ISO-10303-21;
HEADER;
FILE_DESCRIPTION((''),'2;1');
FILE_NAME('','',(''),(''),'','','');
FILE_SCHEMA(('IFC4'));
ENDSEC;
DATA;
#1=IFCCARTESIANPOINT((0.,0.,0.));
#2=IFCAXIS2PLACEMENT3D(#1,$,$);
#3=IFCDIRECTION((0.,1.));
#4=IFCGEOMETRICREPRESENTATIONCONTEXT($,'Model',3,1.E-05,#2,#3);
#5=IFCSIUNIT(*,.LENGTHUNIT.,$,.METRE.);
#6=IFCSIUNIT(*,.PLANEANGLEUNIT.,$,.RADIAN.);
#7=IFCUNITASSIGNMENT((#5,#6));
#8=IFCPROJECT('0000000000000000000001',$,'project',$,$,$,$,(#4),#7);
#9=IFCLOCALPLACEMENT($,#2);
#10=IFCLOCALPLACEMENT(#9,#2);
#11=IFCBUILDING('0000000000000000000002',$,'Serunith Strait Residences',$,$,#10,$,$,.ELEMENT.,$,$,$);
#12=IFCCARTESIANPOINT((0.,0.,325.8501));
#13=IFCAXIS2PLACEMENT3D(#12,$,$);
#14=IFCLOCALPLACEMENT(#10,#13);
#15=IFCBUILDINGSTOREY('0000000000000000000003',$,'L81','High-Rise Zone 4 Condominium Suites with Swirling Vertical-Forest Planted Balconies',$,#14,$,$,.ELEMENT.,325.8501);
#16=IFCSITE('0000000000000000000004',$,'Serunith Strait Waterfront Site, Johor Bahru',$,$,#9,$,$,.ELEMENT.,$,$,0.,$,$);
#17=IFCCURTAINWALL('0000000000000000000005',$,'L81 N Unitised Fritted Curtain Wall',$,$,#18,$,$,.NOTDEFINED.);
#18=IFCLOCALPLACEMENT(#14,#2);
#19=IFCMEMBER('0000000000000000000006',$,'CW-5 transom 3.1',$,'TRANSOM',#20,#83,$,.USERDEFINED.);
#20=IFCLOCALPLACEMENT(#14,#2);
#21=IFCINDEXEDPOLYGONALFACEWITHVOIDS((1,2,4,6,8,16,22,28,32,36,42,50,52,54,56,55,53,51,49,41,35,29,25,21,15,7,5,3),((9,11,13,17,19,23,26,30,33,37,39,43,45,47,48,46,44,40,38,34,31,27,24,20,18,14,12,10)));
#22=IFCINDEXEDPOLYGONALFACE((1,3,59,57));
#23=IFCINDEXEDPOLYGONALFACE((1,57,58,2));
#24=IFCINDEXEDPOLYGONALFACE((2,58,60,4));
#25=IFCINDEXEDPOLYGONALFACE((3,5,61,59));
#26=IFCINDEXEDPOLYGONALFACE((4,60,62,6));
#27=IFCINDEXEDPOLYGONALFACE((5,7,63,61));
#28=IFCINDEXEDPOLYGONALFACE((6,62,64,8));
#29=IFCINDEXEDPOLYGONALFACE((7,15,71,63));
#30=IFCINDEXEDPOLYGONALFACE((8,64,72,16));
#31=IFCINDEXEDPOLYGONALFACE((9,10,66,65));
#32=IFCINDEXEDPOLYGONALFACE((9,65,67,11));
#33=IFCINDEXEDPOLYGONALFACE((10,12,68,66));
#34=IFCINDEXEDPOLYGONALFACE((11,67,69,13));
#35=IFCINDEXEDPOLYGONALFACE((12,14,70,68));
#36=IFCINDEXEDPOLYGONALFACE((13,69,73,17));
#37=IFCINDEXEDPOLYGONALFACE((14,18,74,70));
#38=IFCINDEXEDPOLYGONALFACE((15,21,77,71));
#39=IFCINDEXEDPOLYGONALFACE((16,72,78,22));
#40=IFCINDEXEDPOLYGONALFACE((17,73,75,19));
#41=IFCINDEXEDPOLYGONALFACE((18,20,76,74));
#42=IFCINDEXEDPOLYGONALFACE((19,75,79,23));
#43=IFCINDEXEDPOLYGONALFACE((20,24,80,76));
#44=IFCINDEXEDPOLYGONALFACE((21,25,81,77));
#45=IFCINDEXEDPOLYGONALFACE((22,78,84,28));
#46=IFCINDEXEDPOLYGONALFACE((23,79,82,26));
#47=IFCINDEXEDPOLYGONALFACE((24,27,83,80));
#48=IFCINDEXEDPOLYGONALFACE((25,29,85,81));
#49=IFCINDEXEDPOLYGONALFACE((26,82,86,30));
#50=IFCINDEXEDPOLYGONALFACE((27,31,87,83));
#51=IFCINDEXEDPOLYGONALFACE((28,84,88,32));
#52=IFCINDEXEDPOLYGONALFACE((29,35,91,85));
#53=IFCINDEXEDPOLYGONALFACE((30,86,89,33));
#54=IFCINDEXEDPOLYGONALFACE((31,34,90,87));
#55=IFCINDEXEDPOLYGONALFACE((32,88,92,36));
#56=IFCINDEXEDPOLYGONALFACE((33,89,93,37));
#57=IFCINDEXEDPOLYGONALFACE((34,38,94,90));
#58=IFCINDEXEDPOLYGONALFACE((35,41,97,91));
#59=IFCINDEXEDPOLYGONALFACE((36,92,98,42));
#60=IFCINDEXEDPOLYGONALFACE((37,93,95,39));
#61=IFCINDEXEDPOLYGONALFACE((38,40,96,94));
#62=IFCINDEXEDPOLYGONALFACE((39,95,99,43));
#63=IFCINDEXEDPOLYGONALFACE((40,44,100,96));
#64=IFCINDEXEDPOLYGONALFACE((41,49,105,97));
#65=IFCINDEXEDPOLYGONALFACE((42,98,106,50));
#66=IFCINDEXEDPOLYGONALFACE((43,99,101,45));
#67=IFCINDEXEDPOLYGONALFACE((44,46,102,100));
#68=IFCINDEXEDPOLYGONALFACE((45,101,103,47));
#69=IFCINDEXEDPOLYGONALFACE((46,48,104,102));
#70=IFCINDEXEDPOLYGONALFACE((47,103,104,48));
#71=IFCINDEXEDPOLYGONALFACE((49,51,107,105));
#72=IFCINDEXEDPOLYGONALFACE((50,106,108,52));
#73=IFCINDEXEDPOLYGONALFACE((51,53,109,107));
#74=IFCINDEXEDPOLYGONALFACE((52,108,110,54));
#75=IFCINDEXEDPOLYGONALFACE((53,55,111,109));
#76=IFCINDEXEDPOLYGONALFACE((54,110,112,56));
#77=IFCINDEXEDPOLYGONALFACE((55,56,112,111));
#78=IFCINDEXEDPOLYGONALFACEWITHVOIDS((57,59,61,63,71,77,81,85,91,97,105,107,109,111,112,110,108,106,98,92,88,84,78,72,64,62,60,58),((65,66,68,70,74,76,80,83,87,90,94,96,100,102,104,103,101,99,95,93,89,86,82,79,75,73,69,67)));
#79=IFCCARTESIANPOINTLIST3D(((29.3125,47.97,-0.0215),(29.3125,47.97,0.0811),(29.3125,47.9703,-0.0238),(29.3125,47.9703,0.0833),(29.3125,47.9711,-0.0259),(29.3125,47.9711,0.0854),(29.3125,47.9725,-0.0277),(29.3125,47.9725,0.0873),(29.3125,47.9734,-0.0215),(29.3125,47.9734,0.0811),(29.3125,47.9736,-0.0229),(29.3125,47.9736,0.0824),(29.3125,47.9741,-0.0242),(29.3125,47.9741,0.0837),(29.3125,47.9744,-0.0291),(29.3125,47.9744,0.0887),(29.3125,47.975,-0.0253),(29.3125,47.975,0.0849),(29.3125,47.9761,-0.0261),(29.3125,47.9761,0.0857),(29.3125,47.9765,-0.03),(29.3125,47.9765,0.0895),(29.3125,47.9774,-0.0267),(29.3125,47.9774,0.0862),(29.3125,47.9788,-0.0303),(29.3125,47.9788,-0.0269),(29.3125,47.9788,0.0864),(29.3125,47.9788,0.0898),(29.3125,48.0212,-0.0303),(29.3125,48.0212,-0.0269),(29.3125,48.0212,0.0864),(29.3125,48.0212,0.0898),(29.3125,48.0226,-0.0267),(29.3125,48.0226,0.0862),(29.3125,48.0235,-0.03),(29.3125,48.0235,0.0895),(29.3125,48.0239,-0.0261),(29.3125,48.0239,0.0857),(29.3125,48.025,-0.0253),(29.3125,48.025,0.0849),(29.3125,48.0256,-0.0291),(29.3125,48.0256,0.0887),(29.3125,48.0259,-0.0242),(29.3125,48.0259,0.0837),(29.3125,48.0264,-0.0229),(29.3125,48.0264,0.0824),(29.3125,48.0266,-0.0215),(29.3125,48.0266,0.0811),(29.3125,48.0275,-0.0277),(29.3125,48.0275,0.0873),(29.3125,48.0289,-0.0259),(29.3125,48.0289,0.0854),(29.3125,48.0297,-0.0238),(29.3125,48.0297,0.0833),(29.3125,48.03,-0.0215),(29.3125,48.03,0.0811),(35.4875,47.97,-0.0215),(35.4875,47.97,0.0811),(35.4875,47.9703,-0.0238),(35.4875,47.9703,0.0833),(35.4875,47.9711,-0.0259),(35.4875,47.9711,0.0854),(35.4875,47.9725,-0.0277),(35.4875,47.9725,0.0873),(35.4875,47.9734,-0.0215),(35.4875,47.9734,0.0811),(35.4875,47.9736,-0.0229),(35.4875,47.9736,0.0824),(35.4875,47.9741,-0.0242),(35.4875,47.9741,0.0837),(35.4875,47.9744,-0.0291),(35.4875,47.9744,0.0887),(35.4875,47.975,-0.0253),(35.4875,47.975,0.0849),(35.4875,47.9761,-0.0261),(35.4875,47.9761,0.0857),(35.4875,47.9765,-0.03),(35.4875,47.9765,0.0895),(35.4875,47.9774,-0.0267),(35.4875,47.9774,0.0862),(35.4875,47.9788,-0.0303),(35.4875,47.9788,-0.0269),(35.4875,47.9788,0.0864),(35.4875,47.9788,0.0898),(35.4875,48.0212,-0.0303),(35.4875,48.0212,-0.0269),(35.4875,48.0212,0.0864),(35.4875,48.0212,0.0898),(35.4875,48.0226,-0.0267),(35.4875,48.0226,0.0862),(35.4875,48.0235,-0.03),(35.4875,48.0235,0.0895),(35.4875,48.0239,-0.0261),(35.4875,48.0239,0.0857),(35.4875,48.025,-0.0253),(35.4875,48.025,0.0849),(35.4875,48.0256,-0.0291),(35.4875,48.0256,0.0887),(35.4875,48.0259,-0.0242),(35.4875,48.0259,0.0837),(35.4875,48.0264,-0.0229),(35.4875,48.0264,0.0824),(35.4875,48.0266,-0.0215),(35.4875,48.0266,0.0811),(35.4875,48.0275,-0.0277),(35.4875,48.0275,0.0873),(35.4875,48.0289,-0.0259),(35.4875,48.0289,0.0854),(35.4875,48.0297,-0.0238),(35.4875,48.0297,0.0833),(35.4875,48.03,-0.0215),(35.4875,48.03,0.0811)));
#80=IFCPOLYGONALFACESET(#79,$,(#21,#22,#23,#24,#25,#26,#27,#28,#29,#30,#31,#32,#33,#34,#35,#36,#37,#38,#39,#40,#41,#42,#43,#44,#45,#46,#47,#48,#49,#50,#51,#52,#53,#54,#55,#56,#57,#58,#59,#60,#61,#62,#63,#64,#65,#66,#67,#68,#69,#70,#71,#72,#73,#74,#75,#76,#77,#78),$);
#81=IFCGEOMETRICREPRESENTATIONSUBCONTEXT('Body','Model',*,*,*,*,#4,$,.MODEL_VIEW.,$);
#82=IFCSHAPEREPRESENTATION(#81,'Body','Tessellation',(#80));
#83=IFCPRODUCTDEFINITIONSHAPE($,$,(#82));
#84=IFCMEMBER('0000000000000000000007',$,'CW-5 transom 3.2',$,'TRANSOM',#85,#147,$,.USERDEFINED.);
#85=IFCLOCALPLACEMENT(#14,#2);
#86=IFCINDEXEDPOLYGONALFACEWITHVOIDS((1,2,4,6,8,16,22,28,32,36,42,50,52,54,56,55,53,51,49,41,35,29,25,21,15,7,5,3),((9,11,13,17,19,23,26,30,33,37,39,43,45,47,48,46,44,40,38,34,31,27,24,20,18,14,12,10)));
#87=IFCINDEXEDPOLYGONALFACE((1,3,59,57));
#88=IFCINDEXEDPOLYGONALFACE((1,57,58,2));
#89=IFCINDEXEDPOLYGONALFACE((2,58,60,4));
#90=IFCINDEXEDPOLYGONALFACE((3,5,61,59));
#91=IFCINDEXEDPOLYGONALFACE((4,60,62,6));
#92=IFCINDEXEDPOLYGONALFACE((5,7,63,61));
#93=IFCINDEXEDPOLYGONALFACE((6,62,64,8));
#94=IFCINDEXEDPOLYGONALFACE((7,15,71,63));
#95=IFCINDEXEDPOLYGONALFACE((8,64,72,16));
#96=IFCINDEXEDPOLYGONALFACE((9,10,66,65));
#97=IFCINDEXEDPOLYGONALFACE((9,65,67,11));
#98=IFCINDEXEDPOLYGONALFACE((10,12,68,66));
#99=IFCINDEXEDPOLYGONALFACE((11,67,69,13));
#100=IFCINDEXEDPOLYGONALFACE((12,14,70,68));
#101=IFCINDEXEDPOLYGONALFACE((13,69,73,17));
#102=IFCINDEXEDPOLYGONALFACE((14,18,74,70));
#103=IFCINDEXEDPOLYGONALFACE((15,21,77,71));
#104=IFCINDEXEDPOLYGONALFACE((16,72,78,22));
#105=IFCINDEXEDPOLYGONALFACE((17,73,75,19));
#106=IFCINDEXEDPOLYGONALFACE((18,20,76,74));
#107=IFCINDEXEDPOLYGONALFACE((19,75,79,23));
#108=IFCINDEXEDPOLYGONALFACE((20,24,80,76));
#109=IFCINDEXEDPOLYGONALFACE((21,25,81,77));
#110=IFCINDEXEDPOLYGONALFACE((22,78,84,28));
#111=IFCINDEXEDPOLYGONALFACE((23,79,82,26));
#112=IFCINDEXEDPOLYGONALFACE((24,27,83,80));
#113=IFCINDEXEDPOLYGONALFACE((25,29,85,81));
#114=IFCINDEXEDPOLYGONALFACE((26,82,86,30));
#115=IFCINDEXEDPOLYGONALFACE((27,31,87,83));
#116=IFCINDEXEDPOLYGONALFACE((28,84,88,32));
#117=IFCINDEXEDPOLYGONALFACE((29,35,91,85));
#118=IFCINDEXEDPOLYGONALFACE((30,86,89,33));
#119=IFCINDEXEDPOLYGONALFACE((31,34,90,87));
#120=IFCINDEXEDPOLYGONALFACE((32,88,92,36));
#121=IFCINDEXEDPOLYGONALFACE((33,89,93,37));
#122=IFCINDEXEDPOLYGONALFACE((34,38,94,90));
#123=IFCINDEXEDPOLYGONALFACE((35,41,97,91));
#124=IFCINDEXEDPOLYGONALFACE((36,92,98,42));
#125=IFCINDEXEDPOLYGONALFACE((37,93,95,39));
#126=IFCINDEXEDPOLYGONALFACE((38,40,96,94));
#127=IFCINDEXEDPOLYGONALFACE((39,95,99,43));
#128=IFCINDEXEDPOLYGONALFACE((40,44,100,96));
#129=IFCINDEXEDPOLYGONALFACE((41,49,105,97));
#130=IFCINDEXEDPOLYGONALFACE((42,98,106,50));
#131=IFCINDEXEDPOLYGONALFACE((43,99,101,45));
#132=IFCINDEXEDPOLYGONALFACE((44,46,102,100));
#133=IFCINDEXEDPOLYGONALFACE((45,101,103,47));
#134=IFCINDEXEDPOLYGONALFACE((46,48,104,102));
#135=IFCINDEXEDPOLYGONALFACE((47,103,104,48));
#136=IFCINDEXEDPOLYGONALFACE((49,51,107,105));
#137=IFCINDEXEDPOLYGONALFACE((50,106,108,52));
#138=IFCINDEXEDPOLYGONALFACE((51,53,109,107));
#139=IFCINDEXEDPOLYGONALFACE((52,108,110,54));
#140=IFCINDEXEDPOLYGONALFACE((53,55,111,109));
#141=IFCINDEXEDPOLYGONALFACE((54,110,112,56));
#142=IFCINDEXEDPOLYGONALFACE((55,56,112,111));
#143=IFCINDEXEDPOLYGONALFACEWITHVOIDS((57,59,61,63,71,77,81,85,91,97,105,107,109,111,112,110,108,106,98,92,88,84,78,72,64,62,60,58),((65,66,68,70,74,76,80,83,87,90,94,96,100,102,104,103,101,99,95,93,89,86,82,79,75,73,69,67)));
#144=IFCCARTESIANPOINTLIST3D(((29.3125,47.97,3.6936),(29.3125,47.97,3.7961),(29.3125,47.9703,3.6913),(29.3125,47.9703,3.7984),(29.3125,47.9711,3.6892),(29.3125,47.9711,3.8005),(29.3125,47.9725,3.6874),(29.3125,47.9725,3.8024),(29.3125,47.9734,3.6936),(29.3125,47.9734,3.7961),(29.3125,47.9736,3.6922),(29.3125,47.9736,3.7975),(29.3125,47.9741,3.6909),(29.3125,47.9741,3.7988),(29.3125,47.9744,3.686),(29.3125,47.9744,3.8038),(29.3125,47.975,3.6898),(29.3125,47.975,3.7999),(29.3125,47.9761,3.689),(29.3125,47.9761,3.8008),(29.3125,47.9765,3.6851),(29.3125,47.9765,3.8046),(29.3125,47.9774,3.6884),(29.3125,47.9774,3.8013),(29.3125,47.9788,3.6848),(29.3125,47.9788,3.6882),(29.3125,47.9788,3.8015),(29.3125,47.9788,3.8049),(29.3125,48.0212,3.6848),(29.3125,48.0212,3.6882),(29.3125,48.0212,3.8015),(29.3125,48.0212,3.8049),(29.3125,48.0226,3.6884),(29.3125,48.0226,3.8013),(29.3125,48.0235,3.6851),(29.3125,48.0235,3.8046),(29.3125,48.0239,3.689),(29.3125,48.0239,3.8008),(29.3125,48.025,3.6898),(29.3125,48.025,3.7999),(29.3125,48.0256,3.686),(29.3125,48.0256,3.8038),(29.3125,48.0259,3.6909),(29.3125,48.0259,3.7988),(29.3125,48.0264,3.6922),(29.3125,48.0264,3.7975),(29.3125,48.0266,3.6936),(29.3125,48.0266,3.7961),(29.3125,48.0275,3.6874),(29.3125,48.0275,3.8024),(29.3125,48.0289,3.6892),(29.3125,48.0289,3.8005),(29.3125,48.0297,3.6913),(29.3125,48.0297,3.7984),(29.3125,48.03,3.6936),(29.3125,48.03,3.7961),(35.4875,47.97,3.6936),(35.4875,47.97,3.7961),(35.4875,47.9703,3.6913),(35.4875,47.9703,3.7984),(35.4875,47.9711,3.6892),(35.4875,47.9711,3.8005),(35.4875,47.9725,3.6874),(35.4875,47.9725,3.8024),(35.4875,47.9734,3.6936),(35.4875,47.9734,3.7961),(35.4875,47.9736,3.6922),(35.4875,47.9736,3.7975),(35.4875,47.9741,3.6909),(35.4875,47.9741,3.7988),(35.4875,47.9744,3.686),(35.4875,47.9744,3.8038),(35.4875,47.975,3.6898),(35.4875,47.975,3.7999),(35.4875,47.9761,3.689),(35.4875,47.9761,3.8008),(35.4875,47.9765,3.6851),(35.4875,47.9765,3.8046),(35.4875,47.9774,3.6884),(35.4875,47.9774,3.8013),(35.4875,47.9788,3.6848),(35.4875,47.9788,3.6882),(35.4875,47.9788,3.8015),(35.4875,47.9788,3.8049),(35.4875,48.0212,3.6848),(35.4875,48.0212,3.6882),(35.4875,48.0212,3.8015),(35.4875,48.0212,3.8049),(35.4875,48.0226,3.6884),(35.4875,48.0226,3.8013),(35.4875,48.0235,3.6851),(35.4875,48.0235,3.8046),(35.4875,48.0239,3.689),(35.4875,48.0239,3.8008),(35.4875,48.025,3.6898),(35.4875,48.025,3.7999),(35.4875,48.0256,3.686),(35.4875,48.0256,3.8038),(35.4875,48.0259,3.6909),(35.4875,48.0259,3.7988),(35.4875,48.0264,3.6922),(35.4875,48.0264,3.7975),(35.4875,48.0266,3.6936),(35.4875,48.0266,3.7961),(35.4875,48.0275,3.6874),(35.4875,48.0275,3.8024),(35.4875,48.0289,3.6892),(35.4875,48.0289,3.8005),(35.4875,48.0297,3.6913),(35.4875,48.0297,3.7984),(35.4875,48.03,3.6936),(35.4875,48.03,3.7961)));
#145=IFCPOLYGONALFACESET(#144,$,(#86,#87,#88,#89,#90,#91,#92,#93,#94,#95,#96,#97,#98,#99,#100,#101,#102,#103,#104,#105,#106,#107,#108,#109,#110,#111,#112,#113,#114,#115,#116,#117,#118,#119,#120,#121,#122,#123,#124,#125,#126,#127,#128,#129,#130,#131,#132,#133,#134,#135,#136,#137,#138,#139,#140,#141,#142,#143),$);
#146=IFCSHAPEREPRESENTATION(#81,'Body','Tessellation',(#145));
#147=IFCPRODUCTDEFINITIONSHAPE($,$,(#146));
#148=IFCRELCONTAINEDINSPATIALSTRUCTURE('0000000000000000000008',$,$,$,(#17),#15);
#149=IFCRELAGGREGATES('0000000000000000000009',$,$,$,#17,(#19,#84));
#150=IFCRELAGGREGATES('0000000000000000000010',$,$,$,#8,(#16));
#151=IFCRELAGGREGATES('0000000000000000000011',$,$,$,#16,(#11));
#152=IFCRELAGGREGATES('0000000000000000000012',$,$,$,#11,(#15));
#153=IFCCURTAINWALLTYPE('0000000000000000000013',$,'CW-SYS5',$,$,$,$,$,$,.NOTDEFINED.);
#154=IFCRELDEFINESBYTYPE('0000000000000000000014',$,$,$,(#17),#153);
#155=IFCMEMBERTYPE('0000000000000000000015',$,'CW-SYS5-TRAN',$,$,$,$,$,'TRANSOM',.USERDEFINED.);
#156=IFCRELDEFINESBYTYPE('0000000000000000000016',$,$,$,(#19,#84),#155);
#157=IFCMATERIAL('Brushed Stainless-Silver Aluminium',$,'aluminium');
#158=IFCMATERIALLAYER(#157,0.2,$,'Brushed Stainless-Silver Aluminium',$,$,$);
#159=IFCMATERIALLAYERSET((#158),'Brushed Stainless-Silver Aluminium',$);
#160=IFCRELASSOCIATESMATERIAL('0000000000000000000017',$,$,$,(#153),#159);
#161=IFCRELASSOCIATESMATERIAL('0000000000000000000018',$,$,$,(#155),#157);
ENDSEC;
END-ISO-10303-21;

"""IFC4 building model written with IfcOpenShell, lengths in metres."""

from ifc_helpers import new_model, si_unit, direction, frame, origin, origin_2d, place, context, subcontext, project, spatial, hollow_rectangle, extrude, source, transform, mapped, material, layer, layer_set, material_profile, profile_set, type_object, element, aggregate, save


model = new_model("IFC4")

# Units and contexts
model_context = context("Model", 3, precision=1e-05, world=origin(), true_north=direction((0.0, 1.0)))
body_context = subcontext(model_context, "Body", "Model", "MODEL_VIEW")
ifc_project = project(units=[si_unit("LENGTHUNIT", "METRE"), si_unit("PLANEANGLEUNIT", "RADIAN")], contexts=[model_context])

# Site, building, storey
site_placement = place(None, origin())
site = spatial("IfcSite", under=ifc_project, at=site_placement, Name="Serunith Strait Waterfront Site, Johor Bahru", CompositionType="ELEMENT", RefElevation=0.0)
building_placement = place(site_placement, origin())
building = spatial("IfcBuilding", under=site, at=building_placement, Name="Serunith Strait Residences", CompositionType="ELEMENT")
storey_placement = place(building_placement, frame((0.0, 0.0, 325.8501)))
storey = spatial("IfcBuildingStorey", under=building, at=storey_placement, Name="L81", Description="High-Rise Zone 4 Condominium Suites with Swirling Vertical-Forest Planted Balconies", CompositionType="ELEMENT", Elevation=325.8501)

# Curtain wall, members
ifc_material_1 = material(Name="Brushed Stainless-Silver Aluminium", Category="aluminium")
ifc_layer_1 = layer(ifc_material_1, 0.2, Name="Brushed Stainless-Silver Aluminium")
ifc_layer_set_1 = layer_set([ifc_layer_1], Name="Brushed Stainless-Silver Aluminium")
curtain_wall_type = type_object("IfcCurtainWallType", Name="CW-SYS5", PredefinedType="NOTDEFINED", material=ifc_layer_set_1)
curtain_wall_placement = place(storey_placement, origin())
curtain_wall = element("IfcCurtainWall", 1, at=curtain_wall_placement, inside=storey, type_object=curtain_wall_type, Name="L81 N Unitised Fritted Curtain Wall", PredefinedType="NOTDEFINED")
ifc_material_profile_1 = material_profile(ifc_material_1, hollow_rectangle(XDim=0.0601, YDim=0.1201, WallThickness=0.0034, InnerFilletRadius=0.0054, OuterFilletRadius=0.0088, at=origin_2d()), Name="ALU 120x60x3.5")
ifc_profile_set_1 = profile_set([ifc_material_profile_1], Name="Brushed Stainless-Silver Aluminium")
member_type_1 = type_object("IfcMemberType", Name="CW-SYS5-TRAN", ElementType="TRANSOM", PredefinedType="USERDEFINED", material=ifc_profile_set_1)
shared_shape_1 = source(origin(), body_context, "Body", "SweptSolid", [
    extrude(hollow_rectangle(XDim=0.0601, YDim=0.1201, WallThickness=0.0034, InnerFilletRadius=0.0054, OuterFilletRadius=0.0088, at=origin_2d()), origin(), (0.0, 0.0, 1.0), 6.175),
])
member_1_placement = place(storey_placement, frame((35.4875, 48.0, 0.0298), z_axis=(-1.0, 0.0, 0.0), x_axis=(0.0, -1.0, 0.0)))
member_1 = element("IfcMember", 2, at=member_1_placement, type_object=member_type_1, Name="CW-5 transom 3.1", ObjectType="TRANSOM", PredefinedType="USERDEFINED", context=body_context, shape_type="MappedRepresentation", body=[
    mapped(shared_shape_1, transform((0.0, 0.0, 0.0), scale=1.0)),
])
member_2_placement = place(storey_placement, frame((35.4875, 48.0, 3.7449), z_axis=(-1.0, 0.0, 0.0), x_axis=(0.0, -1.0, 0.0)))
member_2 = element("IfcMember", 3, at=member_2_placement, type_object=member_type_1, Name="CW-5 transom 3.2", ObjectType="TRANSOM", PredefinedType="USERDEFINED", context=body_context, shape_type="MappedRepresentation", body=[
    mapped(shared_shape_1, transform((0.0, 0.0, 0.0), scale=1.0)),
])
aggregate(curtain_wall, [member_1, member_2])

save(model, "model.ifc")
